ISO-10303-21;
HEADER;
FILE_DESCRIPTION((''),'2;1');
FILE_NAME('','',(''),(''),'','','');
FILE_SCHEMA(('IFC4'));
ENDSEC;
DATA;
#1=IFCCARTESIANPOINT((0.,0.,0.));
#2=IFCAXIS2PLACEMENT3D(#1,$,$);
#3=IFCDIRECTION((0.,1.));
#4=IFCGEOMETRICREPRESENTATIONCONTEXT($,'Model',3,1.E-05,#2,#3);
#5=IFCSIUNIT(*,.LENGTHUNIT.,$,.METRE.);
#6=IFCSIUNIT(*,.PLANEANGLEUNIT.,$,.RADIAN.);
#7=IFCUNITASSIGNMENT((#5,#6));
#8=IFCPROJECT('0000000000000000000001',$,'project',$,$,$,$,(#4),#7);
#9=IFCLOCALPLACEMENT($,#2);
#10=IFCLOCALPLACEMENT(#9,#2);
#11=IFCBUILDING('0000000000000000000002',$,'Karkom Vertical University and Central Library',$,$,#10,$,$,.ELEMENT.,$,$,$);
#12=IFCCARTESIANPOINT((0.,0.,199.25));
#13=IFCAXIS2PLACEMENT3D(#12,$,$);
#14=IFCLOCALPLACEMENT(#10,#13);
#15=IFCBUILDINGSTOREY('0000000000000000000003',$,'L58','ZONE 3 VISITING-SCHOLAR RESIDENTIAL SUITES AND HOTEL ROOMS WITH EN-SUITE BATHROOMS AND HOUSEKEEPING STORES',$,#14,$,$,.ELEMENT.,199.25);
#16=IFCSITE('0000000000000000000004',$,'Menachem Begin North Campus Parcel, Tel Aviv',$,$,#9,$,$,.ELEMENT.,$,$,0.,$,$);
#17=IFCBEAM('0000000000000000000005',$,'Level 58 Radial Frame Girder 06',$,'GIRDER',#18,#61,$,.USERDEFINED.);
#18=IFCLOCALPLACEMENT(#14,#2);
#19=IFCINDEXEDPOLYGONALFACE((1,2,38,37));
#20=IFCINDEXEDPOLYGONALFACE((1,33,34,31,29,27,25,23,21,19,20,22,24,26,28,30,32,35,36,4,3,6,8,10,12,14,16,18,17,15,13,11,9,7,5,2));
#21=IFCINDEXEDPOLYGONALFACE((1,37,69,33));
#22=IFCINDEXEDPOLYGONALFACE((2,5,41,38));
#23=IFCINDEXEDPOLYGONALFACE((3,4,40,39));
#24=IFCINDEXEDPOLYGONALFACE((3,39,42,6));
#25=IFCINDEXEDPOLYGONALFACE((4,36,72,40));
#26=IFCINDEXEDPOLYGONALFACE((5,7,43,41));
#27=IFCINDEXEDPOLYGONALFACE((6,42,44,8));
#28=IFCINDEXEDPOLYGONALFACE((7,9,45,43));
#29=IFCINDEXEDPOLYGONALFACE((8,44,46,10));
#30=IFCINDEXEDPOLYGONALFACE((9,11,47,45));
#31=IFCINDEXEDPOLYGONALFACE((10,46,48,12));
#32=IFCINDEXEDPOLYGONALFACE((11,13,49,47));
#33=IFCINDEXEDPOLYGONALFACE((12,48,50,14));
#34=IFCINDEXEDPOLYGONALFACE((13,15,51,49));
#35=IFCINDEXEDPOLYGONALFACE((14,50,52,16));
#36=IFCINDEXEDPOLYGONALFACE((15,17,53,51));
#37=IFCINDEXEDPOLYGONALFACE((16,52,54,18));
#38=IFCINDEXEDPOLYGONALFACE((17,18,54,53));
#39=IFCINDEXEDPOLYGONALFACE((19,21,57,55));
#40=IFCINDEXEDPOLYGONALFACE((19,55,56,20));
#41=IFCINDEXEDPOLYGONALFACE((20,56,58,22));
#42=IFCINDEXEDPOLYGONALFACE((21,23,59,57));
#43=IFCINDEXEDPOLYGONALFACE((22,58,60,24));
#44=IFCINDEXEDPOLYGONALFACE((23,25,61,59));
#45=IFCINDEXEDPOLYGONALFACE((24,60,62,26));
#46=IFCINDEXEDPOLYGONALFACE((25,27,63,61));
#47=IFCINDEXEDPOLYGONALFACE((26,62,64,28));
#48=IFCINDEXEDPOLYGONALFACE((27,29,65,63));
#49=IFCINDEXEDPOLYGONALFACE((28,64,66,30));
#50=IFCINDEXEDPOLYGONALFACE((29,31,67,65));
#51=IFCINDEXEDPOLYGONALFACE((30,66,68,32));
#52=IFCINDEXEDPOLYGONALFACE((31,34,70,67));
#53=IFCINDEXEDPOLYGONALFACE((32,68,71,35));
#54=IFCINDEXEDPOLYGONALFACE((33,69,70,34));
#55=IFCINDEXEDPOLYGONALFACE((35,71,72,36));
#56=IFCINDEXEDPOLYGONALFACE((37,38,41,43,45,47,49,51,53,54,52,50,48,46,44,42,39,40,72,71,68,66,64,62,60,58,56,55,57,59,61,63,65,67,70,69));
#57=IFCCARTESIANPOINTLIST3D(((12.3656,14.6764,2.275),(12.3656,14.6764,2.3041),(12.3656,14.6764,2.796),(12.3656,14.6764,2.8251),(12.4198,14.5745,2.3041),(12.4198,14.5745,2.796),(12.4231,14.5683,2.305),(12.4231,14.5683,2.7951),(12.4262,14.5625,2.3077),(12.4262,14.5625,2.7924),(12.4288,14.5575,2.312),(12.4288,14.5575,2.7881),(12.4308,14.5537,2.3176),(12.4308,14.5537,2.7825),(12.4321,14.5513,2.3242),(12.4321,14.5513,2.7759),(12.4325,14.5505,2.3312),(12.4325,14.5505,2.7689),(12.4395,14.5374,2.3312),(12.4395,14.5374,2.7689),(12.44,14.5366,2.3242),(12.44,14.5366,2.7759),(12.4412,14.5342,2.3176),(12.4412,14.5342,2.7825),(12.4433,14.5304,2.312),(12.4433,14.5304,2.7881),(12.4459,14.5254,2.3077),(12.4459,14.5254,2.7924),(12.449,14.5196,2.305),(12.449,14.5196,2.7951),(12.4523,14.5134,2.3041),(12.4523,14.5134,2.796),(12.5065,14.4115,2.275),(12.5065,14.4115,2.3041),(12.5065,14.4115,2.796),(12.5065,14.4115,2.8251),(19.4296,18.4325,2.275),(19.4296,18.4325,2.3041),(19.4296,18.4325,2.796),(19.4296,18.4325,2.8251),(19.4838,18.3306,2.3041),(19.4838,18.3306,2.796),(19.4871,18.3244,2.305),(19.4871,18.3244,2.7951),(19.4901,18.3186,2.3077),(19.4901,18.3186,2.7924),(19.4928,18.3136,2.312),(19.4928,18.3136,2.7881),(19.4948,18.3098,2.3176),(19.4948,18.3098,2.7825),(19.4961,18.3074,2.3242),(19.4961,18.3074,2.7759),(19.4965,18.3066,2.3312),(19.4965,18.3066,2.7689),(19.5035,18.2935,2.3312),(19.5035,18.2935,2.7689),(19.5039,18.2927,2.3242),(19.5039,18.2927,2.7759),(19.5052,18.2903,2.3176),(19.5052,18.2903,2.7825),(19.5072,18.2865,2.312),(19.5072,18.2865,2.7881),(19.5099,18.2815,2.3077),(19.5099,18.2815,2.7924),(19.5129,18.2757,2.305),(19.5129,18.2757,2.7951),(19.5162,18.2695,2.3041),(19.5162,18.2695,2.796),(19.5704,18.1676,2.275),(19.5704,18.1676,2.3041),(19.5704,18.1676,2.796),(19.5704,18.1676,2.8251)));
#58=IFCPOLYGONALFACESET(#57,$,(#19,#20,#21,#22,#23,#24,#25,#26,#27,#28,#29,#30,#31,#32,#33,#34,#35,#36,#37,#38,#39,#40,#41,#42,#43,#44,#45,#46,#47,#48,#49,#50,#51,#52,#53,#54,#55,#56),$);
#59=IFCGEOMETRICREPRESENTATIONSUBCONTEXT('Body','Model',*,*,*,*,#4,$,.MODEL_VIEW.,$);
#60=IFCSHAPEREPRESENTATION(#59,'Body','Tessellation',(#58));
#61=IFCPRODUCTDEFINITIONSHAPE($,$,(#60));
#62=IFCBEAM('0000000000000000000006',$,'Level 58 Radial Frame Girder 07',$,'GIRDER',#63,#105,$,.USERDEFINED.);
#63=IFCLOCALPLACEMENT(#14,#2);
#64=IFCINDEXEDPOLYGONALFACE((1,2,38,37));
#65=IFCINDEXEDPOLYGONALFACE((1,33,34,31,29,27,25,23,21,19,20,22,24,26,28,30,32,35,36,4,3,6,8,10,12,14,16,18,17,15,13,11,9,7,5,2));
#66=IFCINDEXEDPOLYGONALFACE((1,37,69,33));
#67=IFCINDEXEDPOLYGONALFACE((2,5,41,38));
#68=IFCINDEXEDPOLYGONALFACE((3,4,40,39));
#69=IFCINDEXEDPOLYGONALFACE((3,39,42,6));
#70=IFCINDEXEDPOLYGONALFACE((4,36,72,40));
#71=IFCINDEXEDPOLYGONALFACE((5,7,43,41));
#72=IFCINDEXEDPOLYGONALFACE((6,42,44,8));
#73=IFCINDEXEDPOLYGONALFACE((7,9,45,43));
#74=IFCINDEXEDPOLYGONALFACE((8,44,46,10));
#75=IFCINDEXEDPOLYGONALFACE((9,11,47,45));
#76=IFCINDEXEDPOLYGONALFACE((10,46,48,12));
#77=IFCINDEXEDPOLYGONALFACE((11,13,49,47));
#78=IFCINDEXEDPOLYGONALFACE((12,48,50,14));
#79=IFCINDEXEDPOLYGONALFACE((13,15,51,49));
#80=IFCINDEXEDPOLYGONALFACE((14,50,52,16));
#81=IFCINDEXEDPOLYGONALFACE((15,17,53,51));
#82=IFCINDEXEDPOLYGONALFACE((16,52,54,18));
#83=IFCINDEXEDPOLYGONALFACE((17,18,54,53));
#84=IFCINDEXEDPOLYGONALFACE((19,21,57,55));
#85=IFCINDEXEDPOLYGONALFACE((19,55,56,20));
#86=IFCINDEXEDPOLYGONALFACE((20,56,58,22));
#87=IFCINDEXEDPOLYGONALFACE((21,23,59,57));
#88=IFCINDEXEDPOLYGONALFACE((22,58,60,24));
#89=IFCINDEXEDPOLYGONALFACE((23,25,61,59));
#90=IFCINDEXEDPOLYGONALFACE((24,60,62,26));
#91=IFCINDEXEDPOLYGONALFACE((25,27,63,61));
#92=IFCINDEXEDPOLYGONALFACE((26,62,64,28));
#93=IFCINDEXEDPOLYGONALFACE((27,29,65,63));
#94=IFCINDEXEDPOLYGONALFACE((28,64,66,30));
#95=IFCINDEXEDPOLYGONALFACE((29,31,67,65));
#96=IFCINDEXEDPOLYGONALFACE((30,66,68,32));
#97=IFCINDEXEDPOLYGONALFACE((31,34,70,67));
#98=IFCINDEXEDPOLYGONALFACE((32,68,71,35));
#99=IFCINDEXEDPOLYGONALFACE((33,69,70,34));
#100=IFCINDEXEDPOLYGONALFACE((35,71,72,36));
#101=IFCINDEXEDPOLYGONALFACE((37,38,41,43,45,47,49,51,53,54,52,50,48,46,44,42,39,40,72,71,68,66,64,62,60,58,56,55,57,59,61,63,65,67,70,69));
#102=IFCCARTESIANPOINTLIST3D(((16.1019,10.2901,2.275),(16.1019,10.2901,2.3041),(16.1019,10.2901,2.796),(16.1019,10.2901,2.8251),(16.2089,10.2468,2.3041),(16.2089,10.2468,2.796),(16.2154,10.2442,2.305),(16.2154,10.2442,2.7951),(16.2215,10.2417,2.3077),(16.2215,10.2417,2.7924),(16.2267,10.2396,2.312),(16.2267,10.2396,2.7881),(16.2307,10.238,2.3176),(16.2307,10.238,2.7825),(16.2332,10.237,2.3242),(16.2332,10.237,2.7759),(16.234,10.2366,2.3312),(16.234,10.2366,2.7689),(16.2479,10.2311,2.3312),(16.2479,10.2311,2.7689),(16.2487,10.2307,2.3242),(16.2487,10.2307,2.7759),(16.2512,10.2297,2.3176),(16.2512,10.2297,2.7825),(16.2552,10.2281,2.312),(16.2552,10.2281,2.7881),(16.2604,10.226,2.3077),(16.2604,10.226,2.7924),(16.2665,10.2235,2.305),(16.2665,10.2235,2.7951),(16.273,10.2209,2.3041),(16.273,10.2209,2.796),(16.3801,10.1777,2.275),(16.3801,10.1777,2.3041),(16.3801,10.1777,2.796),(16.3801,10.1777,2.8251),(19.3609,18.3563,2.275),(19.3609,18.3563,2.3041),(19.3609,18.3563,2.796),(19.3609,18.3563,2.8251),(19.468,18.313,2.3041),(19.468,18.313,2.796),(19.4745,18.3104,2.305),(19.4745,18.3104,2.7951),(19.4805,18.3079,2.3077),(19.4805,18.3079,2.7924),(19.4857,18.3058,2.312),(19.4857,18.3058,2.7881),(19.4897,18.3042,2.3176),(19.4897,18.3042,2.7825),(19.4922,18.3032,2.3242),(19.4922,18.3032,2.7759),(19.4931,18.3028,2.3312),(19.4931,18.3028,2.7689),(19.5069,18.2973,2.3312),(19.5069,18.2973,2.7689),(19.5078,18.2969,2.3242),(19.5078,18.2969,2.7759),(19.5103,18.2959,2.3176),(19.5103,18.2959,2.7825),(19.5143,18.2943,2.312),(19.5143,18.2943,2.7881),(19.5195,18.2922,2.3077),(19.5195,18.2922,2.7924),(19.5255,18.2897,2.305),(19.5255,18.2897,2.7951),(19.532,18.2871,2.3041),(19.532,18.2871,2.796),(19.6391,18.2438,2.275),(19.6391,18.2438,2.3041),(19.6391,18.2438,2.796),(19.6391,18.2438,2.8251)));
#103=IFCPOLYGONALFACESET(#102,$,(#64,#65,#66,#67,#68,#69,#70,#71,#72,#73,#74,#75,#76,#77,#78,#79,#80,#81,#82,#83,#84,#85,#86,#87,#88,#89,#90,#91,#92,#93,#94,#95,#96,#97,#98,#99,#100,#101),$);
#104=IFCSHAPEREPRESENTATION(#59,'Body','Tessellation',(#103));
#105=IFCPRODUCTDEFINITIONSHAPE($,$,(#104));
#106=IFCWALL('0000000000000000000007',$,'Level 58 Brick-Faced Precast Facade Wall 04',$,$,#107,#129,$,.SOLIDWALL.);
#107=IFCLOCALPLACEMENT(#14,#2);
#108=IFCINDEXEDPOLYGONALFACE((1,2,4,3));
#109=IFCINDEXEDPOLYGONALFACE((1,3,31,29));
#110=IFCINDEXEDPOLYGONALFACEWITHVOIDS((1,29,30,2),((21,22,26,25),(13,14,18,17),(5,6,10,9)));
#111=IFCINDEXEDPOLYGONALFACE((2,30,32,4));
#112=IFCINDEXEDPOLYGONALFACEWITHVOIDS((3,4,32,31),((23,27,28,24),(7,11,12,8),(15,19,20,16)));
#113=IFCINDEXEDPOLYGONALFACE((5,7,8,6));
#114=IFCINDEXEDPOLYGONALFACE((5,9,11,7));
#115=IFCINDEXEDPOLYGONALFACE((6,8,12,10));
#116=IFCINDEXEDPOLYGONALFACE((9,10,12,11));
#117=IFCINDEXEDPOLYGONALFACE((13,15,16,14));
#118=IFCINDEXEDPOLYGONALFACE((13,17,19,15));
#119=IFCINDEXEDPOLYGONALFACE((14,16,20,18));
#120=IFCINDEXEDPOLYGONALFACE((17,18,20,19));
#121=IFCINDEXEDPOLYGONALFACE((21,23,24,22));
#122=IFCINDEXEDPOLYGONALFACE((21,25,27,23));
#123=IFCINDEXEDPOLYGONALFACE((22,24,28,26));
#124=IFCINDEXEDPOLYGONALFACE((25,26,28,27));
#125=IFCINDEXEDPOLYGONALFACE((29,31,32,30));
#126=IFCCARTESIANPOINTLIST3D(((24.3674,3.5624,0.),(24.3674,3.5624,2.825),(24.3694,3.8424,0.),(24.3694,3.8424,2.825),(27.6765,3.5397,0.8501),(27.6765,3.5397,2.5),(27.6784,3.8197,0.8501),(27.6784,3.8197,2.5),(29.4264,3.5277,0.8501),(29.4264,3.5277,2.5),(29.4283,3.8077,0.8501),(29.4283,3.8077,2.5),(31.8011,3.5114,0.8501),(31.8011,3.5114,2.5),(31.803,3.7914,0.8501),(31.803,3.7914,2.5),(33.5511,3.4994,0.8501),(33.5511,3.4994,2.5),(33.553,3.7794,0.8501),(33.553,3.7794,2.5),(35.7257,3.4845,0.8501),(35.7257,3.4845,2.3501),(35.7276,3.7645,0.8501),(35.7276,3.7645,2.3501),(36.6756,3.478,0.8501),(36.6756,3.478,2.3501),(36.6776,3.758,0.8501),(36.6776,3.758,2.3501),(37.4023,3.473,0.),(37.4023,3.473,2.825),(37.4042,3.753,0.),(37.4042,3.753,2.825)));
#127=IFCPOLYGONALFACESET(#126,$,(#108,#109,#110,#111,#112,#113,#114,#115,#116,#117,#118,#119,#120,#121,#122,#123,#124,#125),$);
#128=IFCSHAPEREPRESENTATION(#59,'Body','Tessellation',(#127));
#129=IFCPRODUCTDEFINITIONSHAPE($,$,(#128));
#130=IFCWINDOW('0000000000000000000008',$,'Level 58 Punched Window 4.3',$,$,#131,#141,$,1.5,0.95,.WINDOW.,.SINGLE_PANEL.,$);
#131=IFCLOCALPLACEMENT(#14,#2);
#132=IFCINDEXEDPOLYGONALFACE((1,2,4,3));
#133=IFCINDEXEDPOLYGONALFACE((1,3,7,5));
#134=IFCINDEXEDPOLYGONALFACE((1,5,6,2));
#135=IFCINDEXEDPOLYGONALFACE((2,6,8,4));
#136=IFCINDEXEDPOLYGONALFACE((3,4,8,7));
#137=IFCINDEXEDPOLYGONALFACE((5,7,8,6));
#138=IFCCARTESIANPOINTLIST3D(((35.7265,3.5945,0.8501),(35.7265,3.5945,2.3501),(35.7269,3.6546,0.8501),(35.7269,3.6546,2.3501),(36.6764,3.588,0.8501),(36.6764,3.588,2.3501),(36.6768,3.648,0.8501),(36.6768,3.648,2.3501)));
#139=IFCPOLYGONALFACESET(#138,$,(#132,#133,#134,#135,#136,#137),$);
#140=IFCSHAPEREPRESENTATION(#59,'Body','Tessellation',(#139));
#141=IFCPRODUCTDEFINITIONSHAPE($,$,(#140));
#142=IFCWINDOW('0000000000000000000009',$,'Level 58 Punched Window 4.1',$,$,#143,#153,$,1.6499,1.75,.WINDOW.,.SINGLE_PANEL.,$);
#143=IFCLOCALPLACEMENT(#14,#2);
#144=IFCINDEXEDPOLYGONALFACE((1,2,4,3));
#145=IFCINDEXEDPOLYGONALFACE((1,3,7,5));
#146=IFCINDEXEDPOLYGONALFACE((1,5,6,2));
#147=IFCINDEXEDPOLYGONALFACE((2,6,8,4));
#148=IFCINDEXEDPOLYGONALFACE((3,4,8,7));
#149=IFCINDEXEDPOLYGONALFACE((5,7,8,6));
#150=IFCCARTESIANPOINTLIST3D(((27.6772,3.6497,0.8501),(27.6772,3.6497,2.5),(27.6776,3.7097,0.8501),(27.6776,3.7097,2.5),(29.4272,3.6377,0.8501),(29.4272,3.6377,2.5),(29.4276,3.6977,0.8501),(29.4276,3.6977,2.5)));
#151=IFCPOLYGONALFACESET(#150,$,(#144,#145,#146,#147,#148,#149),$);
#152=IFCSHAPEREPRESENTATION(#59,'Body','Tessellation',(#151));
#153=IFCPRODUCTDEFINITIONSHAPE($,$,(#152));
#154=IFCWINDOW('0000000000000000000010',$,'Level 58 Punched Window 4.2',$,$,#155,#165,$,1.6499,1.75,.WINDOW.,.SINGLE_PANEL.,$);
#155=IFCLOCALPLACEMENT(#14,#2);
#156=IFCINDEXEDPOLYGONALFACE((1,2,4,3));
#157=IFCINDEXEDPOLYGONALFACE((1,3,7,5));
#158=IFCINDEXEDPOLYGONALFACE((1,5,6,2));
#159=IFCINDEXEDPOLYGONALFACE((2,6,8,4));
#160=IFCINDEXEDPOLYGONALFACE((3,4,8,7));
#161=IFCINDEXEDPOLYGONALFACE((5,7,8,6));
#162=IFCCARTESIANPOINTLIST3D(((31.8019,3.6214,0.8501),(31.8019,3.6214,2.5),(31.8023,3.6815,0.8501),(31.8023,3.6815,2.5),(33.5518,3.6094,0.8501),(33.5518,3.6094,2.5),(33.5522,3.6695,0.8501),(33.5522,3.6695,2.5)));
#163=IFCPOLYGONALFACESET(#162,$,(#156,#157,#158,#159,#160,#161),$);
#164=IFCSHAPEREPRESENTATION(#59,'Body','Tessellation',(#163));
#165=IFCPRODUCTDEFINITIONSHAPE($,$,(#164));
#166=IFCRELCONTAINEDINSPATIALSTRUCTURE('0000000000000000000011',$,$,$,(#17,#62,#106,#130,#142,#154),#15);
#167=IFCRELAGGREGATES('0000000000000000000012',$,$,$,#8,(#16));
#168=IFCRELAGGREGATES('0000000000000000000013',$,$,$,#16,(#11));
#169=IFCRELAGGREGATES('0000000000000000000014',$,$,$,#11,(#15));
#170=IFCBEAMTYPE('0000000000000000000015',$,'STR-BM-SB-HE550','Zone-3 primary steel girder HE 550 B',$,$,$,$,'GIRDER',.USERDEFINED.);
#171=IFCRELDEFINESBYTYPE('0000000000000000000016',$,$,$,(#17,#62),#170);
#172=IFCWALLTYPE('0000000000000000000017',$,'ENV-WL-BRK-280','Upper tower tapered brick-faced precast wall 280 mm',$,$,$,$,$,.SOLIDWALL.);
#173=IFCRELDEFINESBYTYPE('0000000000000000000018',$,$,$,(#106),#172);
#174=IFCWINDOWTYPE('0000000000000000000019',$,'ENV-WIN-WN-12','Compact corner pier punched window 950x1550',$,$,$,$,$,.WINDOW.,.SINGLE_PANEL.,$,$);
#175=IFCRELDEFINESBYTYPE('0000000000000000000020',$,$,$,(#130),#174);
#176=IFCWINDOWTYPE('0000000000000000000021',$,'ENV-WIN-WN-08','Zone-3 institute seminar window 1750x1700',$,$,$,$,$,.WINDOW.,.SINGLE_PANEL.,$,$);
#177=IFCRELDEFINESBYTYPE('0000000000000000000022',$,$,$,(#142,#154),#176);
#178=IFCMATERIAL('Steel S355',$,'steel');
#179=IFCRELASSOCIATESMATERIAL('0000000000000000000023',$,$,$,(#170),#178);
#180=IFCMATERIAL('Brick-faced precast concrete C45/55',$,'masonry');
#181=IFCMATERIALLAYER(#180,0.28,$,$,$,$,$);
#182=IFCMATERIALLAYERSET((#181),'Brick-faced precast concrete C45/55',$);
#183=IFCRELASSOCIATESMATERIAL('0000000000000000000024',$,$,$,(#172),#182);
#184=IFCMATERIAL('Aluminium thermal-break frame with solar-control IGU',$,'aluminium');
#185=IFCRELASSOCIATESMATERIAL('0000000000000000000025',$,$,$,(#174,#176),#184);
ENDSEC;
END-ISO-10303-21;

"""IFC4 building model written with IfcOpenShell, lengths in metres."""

from ifc_helpers import new_model, si_unit, direction, frame, frame_2d, origin, origin_with_axes, origin_2d, place, context, subcontext, project, spatial, rectangle, i_section, extrude, source, transform, mapped, material, layer, layer_set, material_profile, profile_set, type_object, element, fill, save


model = new_model("IFC4")

# Units and contexts
model_context = context("Model", 3, precision=1e-05, world=origin(), true_north=direction((0.0, 1.0)))
body_context = subcontext(model_context, "Body", "Model", "MODEL_VIEW")
ifc_project = project(units=[si_unit("LENGTHUNIT", "METRE"), si_unit("PLANEANGLEUNIT", "RADIAN")], contexts=[model_context])

# Site, building, storey
site_placement = place(None, origin())
site = spatial("IfcSite", under=ifc_project, at=site_placement, Name="Menachem Begin North Campus Parcel, Tel Aviv", CompositionType="ELEMENT", RefElevation=0.0)
building_placement = place(site_placement, origin())
building = spatial("IfcBuilding", under=site, at=building_placement, Name="Karkom Vertical University and Central Library", CompositionType="ELEMENT")
storey_placement = place(building_placement, frame((0.0, 0.0, 199.25)))
storey = spatial("IfcBuildingStorey", under=building, at=storey_placement, Name="L58", Description="ZONE 3 VISITING-SCHOLAR RESIDENTIAL SUITES AND HOTEL ROOMS WITH EN-SUITE BATHROOMS AND HOUSEKEEPING STORES", CompositionType="ELEMENT", Elevation=199.25)

# Beams
ifc_material_1 = material(Name="Steel S355", Category="steel")
ifc_material_profile_1 = material_profile(ifc_material_1, i_section(OverallWidth=0.3, OverallDepth=0.55, WebThickness=0.0149, FlangeThickness=0.0291, FilletRadius=0.0271, at=origin_2d()), Name="HE 550 B")
ifc_profile_set_1 = profile_set([ifc_material_profile_1], Name="Steel S355")
beam_type_1 = type_object("IfcBeamType", Name="STR-BM-SB-HE550", Description="Zone-3 primary steel girder HE 550 B", ElementType="GIRDER", PredefinedType="USERDEFINED", material=ifc_profile_set_1)
shared_shape_1 = source(origin_with_axes(), body_context, "Body", "SweptSolid", [
    extrude(i_section(OverallWidth=0.3, OverallDepth=0.55, WebThickness=0.0149, FlangeThickness=0.0291, FilletRadius=0.0271, at=origin_2d()), origin(), (0.0, 0.0, 1.0), 8.0005),
])
beam_1_placement = place(storey_placement, frame((19.5, 18.3, 2.55), z_axis=(-0.882941, -0.469484, 0.0), x_axis=(0.469484, -0.882941, 0.0)))
element("IfcBeam", 1, at=beam_1_placement, inside=storey, type_object=beam_type_1, Name="Level 58 Radial Frame Girder 06", ObjectType="GIRDER", PredefinedType="USERDEFINED", context=body_context, shape_type="MappedRepresentation", body=[
    mapped(shared_shape_1, transform((0.0, 0.0, 0.0), scale=1.0)),
])
shared_shape_2 = source(origin_with_axes(), body_context, "Body", "SweptSolid", [
    extrude(i_section(OverallWidth=0.3, OverallDepth=0.55, WebThickness=0.0149, FlangeThickness=0.0291, FilletRadius=0.0271, at=origin_2d()), origin(), (0.0, 0.0, 1.0), 8.6997),
])
beam_2_placement = place(storey_placement, frame((19.5, 18.3, 2.55), z_axis=(-0.374616, -0.92718, 0.0), x_axis=(0.92718, -0.374616, 0.0)))
element("IfcBeam", 2, at=beam_2_placement, inside=storey, type_object=beam_type_1, Name="Level 58 Radial Frame Girder 07", ObjectType="GIRDER", PredefinedType="USERDEFINED", context=body_context, shape_type="MappedRepresentation", body=[
    mapped(shared_shape_2, transform((0.0, 0.0, 0.0), scale=1.0)),
])

# Wall, openings, windows
ifc_material_2 = material(Name="Brick-faced precast concrete C45/55", Category="masonry")
ifc_layer_1 = layer(ifc_material_2, 0.28)
ifc_layer_set_1 = layer_set([ifc_layer_1], Name="Brick-faced precast concrete C45/55")
wall_type_1 = type_object("IfcWallType", Name="ENV-WL-BRK-280", Description="Upper tower tapered brick-faced precast wall 280 mm", PredefinedType="SOLIDWALL", material=ifc_layer_set_1)
wall_1_placement = place(storey_placement, frame((24.3684, 3.7024, 0.0), z_axis=(0.0, 0.0, 1.0), x_axis=(0.999977, -0.006855, 0.0)))
wall_1 = element("IfcWall", 3, at=wall_1_placement, inside=storey, type_object=wall_type_1, Name="Level 58 Brick-Faced Precast Facade Wall 04", PredefinedType="SOLIDWALL", context=body_context, shape_type="SweptSolid", body=[
    extrude(rectangle(XDim=13.0352, YDim=0.28, at=frame_2d((6.5176, 0.0))), origin(), (0.0, 0.0, 1.0), 2.825),
])
opening_1_placement = place(wall_1_placement, frame((3.3091, 0.0, 0.8501)))
opening_1 = element("IfcOpeningElement", 4, at=opening_1_placement, cuts=wall_1, PredefinedType="OPENING", context=body_context, shape_type="SweptSolid", body=[
    extrude(rectangle(XDim=1.75, YDim=1.6499, at=frame_2d((0.875, 0.825))), frame((0.0, 0.1499, 0.0), z_axis=(0.0, -1.0, 0.0), x_axis=(1.0, 0.0, 0.0)), (0.0, 0.0, 1.0), 0.3),
])
opening_2_placement = place(wall_1_placement, frame((7.4338, 0.0, 0.8501)))
opening_2 = element("IfcOpeningElement", 5, at=opening_2_placement, cuts=wall_1, PredefinedType="OPENING", context=body_context, shape_type="SweptSolid", body=[
    extrude(rectangle(XDim=1.75, YDim=1.6499, at=frame_2d((0.875, 0.825))), frame((0.0, 0.1499, 0.0), z_axis=(0.0, -1.0, 0.0), x_axis=(1.0, 0.0, 0.0)), (0.0, 0.0, 1.0), 0.3),
])
opening_3_placement = place(wall_1_placement, frame((11.3584, 0.0, 0.8501)))
opening_3 = element("IfcOpeningElement", 6, at=opening_3_placement, cuts=wall_1, PredefinedType="OPENING", context=body_context, shape_type="SweptSolid", body=[
    extrude(rectangle(XDim=0.95, YDim=1.5, at=frame_2d((0.4751, 0.75))), frame((0.0, 0.1499, 0.0), z_axis=(0.0, -1.0, 0.0), x_axis=(1.0, 0.0, 0.0)), (0.0, 0.0, 1.0), 0.3),
])
ifc_material_3 = material(Name="Aluminium thermal-break frame with solar-control IGU", Category="aluminium")
window_type_1 = type_object("IfcWindowType", Name="ENV-WIN-WN-12", Description="Compact corner pier punched window 950x1550", PartitioningType="SINGLE_PANEL", PredefinedType="WINDOW", material=ifc_material_3)
shared_shape_3 = source(origin_with_axes(), body_context, "Body", "SweptSolid", [
    extrude(rectangle(XDim=0.95, YDim=1.5, at=frame_2d((0.4751, 0.75))), frame((0.0, 0.03, 0.0), z_axis=(0.0, -1.0, 0.0), x_axis=(1.0, 0.0, 0.0)), (0.0, 0.0, 1.0), 0.0601),
])
window_1_placement = place(opening_3_placement, origin())
window_1 = element("IfcWindow", 7, at=window_1_placement, inside=storey, type_object=window_type_1, Name="Level 58 Punched Window 4.3", OverallHeight=1.5, OverallWidth=0.95, PartitioningType="SINGLE_PANEL", PredefinedType="WINDOW", context=body_context, shape_type="MappedRepresentation", body=[
    mapped(shared_shape_3, transform((0.0, 0.0, 0.0), scale=1.0)),
])
fill(opening_3, window_1)
window_type_2 = type_object("IfcWindowType", Name="ENV-WIN-WN-08", Description="Zone-3 institute seminar window 1750x1700", PartitioningType="SINGLE_PANEL", PredefinedType="WINDOW", material=ifc_material_3)
shared_shape_4 = source(origin_with_axes(), body_context, "Body", "SweptSolid", [
    extrude(rectangle(XDim=1.75, YDim=1.6499, at=frame_2d((0.875, 0.825))), frame((0.0, 0.03, 0.0), z_axis=(0.0, -1.0, 0.0), x_axis=(1.0, 0.0, 0.0)), (0.0, 0.0, 1.0), 0.0601),
])
window_2_placement = place(opening_1_placement, origin())
window_2 = element("IfcWindow", 8, at=window_2_placement, inside=storey, type_object=window_type_2, Name="Level 58 Punched Window 4.1", OverallHeight=1.6499, OverallWidth=1.75, PartitioningType="SINGLE_PANEL", PredefinedType="WINDOW", context=body_context, shape_type="MappedRepresentation", body=[
    mapped(shared_shape_4, transform((0.0, 0.0, 0.0), scale=1.0)),
])
fill(opening_1, window_2)
window_3_placement = place(opening_2_placement, origin())
window_3 = element("IfcWindow", 9, at=window_3_placement, inside=storey, type_object=window_type_2, Name="Level 58 Punched Window 4.2", OverallHeight=1.6499, OverallWidth=1.75, PartitioningType="SINGLE_PANEL", PredefinedType="WINDOW", context=body_context, shape_type="MappedRepresentation", body=[
    mapped(shared_shape_4, transform((0.0, 0.0, 0.0), scale=1.0)),
])
fill(opening_2, window_3)

save(model, "model.ifc")
